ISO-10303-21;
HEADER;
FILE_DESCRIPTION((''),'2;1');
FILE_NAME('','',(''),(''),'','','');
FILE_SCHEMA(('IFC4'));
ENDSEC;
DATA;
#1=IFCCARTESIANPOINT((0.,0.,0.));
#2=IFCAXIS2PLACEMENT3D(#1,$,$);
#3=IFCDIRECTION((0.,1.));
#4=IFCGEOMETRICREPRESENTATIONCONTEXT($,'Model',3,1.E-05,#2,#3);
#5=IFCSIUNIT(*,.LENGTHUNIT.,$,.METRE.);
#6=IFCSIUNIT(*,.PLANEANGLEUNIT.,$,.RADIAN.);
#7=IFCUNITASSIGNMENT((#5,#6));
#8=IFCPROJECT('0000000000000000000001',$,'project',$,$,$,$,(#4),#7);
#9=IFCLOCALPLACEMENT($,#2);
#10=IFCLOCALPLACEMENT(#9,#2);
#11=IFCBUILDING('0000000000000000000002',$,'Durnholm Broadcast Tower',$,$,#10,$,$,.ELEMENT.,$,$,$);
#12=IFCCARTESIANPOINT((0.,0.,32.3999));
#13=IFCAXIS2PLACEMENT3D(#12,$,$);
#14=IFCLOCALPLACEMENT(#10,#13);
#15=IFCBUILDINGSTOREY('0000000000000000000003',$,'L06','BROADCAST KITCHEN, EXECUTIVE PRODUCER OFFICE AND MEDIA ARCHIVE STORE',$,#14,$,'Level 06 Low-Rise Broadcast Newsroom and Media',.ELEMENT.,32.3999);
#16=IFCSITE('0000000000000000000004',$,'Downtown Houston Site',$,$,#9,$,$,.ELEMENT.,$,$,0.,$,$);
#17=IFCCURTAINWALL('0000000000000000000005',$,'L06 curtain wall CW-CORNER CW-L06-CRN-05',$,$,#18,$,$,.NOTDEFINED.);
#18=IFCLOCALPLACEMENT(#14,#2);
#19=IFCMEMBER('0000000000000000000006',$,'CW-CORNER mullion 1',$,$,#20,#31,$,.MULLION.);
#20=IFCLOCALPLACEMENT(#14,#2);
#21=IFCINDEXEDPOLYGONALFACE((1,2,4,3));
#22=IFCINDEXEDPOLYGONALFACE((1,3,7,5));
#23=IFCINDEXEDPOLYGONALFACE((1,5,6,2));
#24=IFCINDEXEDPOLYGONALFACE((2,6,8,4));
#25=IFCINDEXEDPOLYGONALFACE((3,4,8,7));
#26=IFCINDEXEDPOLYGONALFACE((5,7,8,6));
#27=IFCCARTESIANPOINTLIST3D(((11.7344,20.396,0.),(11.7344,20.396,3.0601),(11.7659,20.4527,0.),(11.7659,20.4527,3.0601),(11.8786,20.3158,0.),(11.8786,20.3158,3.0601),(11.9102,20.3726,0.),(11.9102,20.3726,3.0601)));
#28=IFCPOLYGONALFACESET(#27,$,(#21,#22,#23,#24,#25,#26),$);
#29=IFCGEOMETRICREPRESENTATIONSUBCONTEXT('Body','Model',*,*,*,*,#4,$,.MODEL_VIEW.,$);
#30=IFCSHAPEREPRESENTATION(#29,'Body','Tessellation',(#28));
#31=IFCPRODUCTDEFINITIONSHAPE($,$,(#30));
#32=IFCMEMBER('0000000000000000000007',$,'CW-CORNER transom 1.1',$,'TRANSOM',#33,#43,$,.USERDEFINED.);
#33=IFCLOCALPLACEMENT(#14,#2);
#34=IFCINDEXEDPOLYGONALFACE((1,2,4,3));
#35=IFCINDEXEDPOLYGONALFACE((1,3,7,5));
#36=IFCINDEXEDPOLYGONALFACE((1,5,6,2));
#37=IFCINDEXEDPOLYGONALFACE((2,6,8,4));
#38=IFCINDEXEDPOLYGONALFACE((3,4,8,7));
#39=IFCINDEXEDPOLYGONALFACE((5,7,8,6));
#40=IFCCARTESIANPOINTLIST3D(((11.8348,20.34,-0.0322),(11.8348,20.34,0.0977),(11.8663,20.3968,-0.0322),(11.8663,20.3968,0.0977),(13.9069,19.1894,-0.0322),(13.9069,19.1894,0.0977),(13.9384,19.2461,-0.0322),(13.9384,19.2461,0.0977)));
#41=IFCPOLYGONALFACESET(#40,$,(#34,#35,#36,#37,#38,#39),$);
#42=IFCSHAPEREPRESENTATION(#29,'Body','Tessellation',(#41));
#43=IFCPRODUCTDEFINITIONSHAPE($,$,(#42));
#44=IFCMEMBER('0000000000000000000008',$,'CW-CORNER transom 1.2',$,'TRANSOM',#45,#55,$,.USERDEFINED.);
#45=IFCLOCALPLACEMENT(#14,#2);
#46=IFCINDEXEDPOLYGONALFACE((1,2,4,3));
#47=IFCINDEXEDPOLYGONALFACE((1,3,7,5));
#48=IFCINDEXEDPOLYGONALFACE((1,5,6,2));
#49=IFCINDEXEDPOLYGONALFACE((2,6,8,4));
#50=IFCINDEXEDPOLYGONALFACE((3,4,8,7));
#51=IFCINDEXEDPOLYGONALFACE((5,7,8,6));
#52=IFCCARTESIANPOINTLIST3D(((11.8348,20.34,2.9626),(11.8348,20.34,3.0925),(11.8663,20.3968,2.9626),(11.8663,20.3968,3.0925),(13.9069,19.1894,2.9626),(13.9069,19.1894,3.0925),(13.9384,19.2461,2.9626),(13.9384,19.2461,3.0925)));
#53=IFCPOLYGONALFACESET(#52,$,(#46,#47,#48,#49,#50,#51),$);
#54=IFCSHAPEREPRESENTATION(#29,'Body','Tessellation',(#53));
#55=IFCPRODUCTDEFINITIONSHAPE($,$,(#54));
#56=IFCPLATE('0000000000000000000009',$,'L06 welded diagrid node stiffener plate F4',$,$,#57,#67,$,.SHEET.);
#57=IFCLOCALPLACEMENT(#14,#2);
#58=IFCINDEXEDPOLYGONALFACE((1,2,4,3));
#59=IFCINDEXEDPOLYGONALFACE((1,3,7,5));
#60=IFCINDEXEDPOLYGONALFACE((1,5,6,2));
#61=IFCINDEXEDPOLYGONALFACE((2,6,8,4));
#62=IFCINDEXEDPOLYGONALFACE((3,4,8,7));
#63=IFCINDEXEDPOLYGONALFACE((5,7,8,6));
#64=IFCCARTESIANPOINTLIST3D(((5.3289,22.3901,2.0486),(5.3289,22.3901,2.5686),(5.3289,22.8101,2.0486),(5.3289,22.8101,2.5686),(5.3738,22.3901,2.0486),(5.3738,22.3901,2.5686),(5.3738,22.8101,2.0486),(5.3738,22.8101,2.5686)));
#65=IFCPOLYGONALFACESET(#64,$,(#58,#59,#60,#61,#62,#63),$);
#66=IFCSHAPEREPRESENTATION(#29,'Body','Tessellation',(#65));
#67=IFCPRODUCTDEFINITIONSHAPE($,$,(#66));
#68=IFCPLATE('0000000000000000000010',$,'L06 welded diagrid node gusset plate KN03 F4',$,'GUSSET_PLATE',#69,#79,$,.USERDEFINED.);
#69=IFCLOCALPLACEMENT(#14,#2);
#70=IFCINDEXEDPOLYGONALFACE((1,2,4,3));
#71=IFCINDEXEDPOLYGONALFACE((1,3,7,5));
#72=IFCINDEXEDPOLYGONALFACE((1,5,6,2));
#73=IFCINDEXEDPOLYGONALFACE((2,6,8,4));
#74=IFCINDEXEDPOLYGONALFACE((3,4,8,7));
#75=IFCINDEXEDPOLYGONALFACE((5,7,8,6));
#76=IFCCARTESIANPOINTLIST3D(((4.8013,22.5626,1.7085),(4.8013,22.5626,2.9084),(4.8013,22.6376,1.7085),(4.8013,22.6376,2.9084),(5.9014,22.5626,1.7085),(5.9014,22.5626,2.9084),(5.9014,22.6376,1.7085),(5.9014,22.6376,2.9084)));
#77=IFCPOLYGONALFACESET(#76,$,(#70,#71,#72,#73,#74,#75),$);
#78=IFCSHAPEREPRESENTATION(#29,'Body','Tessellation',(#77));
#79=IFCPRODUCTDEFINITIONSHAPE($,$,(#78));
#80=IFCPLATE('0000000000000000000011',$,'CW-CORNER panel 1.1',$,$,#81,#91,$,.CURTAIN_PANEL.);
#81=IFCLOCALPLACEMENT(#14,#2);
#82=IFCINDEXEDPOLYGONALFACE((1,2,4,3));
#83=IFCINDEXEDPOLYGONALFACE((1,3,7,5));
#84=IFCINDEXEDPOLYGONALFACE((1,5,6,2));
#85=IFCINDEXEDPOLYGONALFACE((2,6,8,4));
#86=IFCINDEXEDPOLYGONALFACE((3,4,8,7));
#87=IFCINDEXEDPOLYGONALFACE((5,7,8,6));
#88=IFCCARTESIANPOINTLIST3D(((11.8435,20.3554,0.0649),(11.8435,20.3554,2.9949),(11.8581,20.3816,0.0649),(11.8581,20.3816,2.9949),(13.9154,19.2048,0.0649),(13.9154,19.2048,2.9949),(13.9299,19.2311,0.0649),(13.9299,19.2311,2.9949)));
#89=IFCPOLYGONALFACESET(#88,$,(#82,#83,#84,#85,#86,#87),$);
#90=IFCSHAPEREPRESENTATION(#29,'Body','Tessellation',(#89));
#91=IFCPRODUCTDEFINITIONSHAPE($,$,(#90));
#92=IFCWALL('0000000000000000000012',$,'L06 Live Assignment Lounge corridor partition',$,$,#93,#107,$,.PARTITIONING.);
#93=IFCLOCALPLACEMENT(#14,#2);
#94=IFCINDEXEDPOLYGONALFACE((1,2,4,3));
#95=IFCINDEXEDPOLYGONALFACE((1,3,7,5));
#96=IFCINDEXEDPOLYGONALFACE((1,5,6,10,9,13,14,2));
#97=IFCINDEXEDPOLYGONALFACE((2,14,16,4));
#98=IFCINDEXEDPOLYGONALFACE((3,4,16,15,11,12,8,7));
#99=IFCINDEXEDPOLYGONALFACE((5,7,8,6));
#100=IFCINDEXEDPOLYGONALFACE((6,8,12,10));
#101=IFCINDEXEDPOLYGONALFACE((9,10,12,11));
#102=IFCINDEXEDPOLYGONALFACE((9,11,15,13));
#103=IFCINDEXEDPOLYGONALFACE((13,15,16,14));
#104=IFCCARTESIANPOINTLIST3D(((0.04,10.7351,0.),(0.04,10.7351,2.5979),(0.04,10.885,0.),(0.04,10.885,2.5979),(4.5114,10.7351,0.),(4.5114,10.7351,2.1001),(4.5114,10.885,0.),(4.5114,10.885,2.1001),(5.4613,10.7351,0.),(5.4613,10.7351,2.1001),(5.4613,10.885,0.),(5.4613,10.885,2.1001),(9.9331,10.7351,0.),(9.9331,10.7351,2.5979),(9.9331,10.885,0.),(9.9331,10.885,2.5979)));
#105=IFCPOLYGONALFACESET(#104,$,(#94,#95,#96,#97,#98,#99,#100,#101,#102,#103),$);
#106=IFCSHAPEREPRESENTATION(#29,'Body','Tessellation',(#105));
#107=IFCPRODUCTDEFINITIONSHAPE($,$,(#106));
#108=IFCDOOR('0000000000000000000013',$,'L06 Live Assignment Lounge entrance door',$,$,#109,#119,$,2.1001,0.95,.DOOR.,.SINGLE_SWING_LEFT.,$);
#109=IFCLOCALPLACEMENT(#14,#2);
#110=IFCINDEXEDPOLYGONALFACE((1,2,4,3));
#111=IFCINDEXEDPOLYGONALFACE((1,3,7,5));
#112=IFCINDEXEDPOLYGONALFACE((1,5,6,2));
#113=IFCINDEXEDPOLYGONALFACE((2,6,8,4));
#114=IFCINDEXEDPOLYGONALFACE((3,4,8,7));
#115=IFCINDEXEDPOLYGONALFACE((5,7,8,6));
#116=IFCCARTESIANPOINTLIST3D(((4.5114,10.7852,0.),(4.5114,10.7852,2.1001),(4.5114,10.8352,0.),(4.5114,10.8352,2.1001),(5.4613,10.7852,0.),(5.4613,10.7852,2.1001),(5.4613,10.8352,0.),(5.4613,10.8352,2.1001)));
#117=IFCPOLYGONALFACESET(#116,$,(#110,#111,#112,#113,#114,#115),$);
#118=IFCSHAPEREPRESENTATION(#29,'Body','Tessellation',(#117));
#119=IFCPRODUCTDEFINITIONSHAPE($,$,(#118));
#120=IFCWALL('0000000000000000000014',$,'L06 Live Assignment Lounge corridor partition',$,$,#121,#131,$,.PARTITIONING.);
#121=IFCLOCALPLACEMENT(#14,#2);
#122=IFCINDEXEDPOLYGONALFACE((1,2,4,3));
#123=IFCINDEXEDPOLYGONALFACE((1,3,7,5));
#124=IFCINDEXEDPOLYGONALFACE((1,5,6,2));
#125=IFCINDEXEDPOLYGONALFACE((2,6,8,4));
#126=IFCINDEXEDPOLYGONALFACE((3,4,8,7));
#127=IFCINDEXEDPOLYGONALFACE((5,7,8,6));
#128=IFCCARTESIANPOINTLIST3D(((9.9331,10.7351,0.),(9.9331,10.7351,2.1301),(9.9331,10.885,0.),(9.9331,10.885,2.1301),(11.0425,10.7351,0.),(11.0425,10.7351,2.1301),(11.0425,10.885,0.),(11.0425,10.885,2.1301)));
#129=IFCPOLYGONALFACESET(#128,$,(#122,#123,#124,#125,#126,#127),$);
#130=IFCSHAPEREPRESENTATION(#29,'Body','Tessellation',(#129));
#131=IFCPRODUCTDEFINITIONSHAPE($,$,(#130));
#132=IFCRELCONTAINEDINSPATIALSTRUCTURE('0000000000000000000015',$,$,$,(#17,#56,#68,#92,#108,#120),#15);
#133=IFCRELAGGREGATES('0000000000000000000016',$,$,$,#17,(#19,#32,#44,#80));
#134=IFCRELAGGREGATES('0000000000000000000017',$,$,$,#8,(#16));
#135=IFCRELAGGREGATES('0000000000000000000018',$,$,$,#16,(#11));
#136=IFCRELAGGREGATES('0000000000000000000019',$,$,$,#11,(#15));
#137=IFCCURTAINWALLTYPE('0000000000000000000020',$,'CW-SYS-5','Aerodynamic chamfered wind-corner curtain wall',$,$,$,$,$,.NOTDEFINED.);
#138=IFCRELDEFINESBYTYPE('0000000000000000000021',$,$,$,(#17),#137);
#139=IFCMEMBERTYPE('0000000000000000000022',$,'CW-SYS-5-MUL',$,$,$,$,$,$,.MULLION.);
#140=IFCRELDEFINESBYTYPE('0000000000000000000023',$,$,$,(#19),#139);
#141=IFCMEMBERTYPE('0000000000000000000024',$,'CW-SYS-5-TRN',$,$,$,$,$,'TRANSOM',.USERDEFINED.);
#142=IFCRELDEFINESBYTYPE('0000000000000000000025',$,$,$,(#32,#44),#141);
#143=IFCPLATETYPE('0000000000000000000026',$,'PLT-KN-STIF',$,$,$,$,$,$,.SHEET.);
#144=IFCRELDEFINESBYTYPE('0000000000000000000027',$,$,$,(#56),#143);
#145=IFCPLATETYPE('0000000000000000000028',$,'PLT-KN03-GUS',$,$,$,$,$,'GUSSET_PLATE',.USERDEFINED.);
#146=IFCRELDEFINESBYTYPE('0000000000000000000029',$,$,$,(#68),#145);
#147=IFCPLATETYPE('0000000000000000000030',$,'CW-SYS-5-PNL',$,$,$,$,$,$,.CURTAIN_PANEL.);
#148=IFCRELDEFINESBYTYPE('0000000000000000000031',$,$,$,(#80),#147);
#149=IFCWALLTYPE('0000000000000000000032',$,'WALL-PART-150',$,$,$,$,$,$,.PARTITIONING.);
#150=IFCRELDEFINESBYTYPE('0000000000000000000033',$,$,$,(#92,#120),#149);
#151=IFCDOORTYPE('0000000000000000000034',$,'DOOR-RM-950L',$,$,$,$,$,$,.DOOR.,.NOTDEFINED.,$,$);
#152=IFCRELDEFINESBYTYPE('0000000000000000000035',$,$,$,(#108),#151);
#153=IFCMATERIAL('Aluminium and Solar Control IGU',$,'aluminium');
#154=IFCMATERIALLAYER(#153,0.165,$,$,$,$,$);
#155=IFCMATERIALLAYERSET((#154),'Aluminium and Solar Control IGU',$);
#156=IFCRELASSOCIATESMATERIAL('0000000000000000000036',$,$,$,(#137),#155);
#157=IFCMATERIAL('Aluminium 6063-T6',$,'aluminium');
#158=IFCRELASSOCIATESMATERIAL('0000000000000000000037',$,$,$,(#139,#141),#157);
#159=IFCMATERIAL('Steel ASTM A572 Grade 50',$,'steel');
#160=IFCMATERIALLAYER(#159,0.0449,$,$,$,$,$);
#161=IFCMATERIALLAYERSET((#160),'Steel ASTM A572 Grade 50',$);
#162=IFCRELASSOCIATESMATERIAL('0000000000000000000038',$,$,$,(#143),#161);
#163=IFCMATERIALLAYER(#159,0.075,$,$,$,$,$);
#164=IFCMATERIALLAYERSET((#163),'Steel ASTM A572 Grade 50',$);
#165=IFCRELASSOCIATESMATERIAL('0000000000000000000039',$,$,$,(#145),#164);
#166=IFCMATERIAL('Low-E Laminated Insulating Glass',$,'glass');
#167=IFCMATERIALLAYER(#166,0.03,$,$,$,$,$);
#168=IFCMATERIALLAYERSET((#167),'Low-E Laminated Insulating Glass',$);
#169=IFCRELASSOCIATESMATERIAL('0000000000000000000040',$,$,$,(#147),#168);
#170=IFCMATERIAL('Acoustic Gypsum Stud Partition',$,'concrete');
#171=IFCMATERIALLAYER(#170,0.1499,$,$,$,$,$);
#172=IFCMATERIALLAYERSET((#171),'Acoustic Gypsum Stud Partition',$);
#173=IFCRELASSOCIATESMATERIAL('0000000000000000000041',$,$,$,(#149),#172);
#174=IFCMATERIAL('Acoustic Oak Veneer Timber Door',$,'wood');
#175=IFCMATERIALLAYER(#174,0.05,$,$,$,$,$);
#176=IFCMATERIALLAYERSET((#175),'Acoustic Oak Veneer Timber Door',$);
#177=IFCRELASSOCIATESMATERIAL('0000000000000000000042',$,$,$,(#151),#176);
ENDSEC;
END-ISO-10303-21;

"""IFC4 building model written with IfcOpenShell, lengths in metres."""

from ifc_helpers import new_model, si_unit, direction, frame, frame_2d, origin, origin_2d, place, context, subcontext, project, spatial, rectangle, extrude, source, transform, mapped, material, layer, layer_set, material_profile, profile_set, type_object, type_shapes, element, fill, aggregate, save


model = new_model("IFC4")

# Units and contexts
model_context = context("Model", 3, precision=1e-05, world=origin(), true_north=direction((0.0, 1.0)))
body_context = subcontext(model_context, "Body", "Model", "MODEL_VIEW")
ifc_project = project(units=[si_unit("LENGTHUNIT", "METRE"), si_unit("PLANEANGLEUNIT", "RADIAN")], contexts=[model_context])

# Site, building, storey
site_placement = place(None, origin())
site = spatial("IfcSite", under=ifc_project, at=site_placement, Name="Downtown Houston Site", CompositionType="ELEMENT", RefElevation=0.0)
building_placement = place(site_placement, origin())
building = spatial("IfcBuilding", under=site, at=building_placement, Name="Durnholm Broadcast Tower", CompositionType="ELEMENT")
storey_placement = place(building_placement, frame((0.0, 0.0, 32.3999)))
storey = spatial("IfcBuildingStorey", under=building, at=storey_placement, Name="L06", Description="BROADCAST KITCHEN, EXECUTIVE PRODUCER OFFICE AND MEDIA ARCHIVE STORE", LongName="Level 06 Low-Rise Broadcast Newsroom and Media", CompositionType="ELEMENT", Elevation=32.3999)

# Curtain wall, members
ifc_material_1 = material(Name="Aluminium and Solar Control IGU", Category="aluminium")
ifc_layer_1 = layer(ifc_material_1, 0.165)
ifc_layer_set_1 = layer_set([ifc_layer_1], Name="Aluminium and Solar Control IGU")
curtain_wall_type = type_object("IfcCurtainWallType", Name="CW-SYS-5", Description="Aerodynamic chamfered wind-corner curtain wall", PredefinedType="NOTDEFINED", material=ifc_layer_set_1)
curtain_wall_placement = place(storey_placement, origin())
curtain_wall = element("IfcCurtainWall", 1, at=curtain_wall_placement, inside=storey, type_object=curtain_wall_type, Name="L06 curtain wall CW-CORNER CW-L06-CRN-05", PredefinedType="NOTDEFINED")
ifc_material_2 = material(Name="Aluminium 6063-T6", Category="aluminium")
ifc_material_profile_1 = material_profile(ifc_material_2, rectangle(XDim=0.0649, YDim=0.165, at=origin_2d()), Name="CWM65X165")
ifc_profile_set_1 = profile_set([ifc_material_profile_1], Name="Aluminium 6063-T6")
member_type_1 = type_object("IfcMemberType", Name="CW-SYS-5-MUL", PredefinedType="MULLION", material=ifc_profile_set_1)
shared_shape_1 = source(origin(), body_context, "Body", "SweptSolid", [
    extrude(rectangle(XDim=0.0649, YDim=0.165, at=origin_2d()), origin(), (0.0, 0.0, 1.0), 3.0601),
])
type_shapes(member_type_1, [shared_shape_1])
member_1_placement = place(storey_placement, frame((11.8223, 20.3843, 0.0), z_axis=(0.0, 0.0, 1.0), x_axis=(0.485483, 0.874246, 0.0)))
member_1 = element("IfcMember", 2, at=member_1_placement, type_object=member_type_1, Name="CW-CORNER mullion 1", PredefinedType="MULLION", context=body_context, shape_type="MappedRepresentation", body=[
    mapped(shared_shape_1, transform((0.0, 0.0, 0.0), x_axis=(1.0, 0.0, 0.0), y_axis=(0.0, 1.0, 0.0), z_axis=(0.0, 0.0, 1.0), scale=1.0)),
])
ifc_material_profile_2 = material_profile(ifc_material_2, rectangle(XDim=0.0649, YDim=0.1299, at=origin_2d()), Name="CWT65X130")
ifc_profile_set_2 = profile_set([ifc_material_profile_2], Name="Aluminium 6063-T6")
member_type_2 = type_object("IfcMemberType", Name="CW-SYS-5-TRN", ElementType="TRANSOM", PredefinedType="USERDEFINED", material=ifc_profile_set_2)
shared_shape_2 = source(origin(), body_context, "Body", "SweptSolid", [
    extrude(rectangle(XDim=0.0649, YDim=0.1299, at=origin_2d()), origin(), (0.0, 0.0, 1.0), 2.3701),
])
type_shapes(member_type_2, [shared_shape_2])
member_2_placement = place(storey_placement, frame((11.8506, 20.3684, 0.0327), z_axis=(0.874245, -0.485485, 0.0), x_axis=(0.485485, 0.874245, 0.0)))
member_2 = element("IfcMember", 3, at=member_2_placement, type_object=member_type_2, Name="CW-CORNER transom 1.1", ObjectType="TRANSOM", PredefinedType="USERDEFINED", context=body_context, shape_type="MappedRepresentation", body=[
    mapped(shared_shape_2, transform((0.0, 0.0, 0.0), x_axis=(1.0, 0.0, 0.0), y_axis=(0.0, 1.0, 0.0), z_axis=(0.0, 0.0, 1.0), scale=1.0)),
])
member_3_placement = place(storey_placement, frame((11.8506, 20.3684, 3.0276), z_axis=(0.874245, -0.485485, 0.0), x_axis=(0.485485, 0.874245, 0.0)))
member_3 = element("IfcMember", 4, at=member_3_placement, type_object=member_type_2, Name="CW-CORNER transom 1.2", ObjectType="TRANSOM", PredefinedType="USERDEFINED", context=body_context, shape_type="MappedRepresentation", body=[
    mapped(shared_shape_2, transform((0.0, 0.0, 0.0), x_axis=(1.0, 0.0, 0.0), y_axis=(0.0, 1.0, 0.0), z_axis=(0.0, 0.0, 1.0), scale=1.0)),
])

# Plates
ifc_material_3 = material(Name="Steel ASTM A572 Grade 50", Category="steel")
ifc_layer_2 = layer(ifc_material_3, 0.0449)
ifc_layer_set_2 = layer_set([ifc_layer_2], Name="Steel ASTM A572 Grade 50")
plate_type_1 = type_object("IfcPlateType", Name="PLT-KN-STIF", PredefinedType="SHEET", material=ifc_layer_set_2)
shared_shape_3 = source(origin(), body_context, "Body", "SweptSolid", [
    extrude(rectangle(XDim=0.0449, YDim=0.4199, at=origin_2d()), origin(), (0.0, 0.0, 1.0), 0.52),
])
type_shapes(plate_type_1, [shared_shape_3])
plate_1_placement = place(storey_placement, frame((5.3513, 22.6001, 2.0486), z_axis=(0.0, 0.0, 1.0), x_axis=(-1.0, 0.0, 0.0)))
element("IfcPlate", 5, at=plate_1_placement, inside=storey, type_object=plate_type_1, Name="L06 welded diagrid node stiffener plate F4", PredefinedType="SHEET", context=body_context, shape_type="MappedRepresentation", body=[
    mapped(shared_shape_3, transform((0.0, 0.0, 0.0), x_axis=(1.0, 0.0, 0.0), y_axis=(0.0, 1.0, 0.0), z_axis=(0.0, 0.0, 1.0), scale=1.0)),
])
ifc_layer_3 = layer(ifc_material_3, 0.075)
ifc_layer_set_3 = layer_set([ifc_layer_3], Name="Steel ASTM A572 Grade 50")
plate_type_2 = type_object("IfcPlateType", Name="PLT-KN03-GUS", ElementType="GUSSET_PLATE", PredefinedType="USERDEFINED", material=ifc_layer_set_3)
shared_shape_4 = source(origin(), body_context, "Body", "SweptSolid", [
    extrude(rectangle(XDim=1.1001, YDim=0.075, at=origin_2d()), origin(), (0.0, 0.0, 1.0), 1.2),
])
type_shapes(plate_type_2, [shared_shape_4])
plate_2_placement = place(storey_placement, frame((5.3513, 22.6001, 1.7085), z_axis=(0.0, 0.0, 1.0), x_axis=(-1.0, 0.0, 0.0)))
element("IfcPlate", 6, at=plate_2_placement, inside=storey, type_object=plate_type_2, Name="L06 welded diagrid node gusset plate KN03 F4", ObjectType="GUSSET_PLATE", PredefinedType="USERDEFINED", context=body_context, shape_type="MappedRepresentation", body=[
    mapped(shared_shape_4, transform((0.0, 0.0, 0.0), x_axis=(1.0, 0.0, 0.0), y_axis=(0.0, 1.0, 0.0), z_axis=(0.0, 0.0, 1.0), scale=1.0)),
])

# Plate
ifc_material_4 = material(Name="Low-E Laminated Insulating Glass", Category="glass")
ifc_layer_4 = layer(ifc_material_4, 0.03)
ifc_layer_set_4 = layer_set([ifc_layer_4], Name="Low-E Laminated Insulating Glass")
plate_type_3 = type_object("IfcPlateType", Name="CW-SYS-5-PNL", PredefinedType="CURTAIN_PANEL", material=ifc_layer_set_4)
shared_shape_5 = source(origin(), body_context, "Body", "SweptSolid", [
    extrude(rectangle(XDim=2.3699, YDim=0.03, at=origin_2d()), origin(), (0.0, 0.0, 1.0), 2.9299),
])
type_shapes(plate_type_3, [shared_shape_5])
plate_3_placement = place(storey_placement, frame((12.8867, 19.7932, 0.0649), z_axis=(0.0, 0.0, 1.0), x_axis=(0.874246, -0.485483, 0.0)))
plate_3 = element("IfcPlate", 7, at=plate_3_placement, type_object=plate_type_3, Name="CW-CORNER panel 1.1", PredefinedType="CURTAIN_PANEL", context=body_context, shape_type="MappedRepresentation", body=[
    mapped(shared_shape_5, transform((0.0, 0.0, 0.0), x_axis=(1.0, 0.0, 0.0), y_axis=(0.0, 1.0, 0.0), z_axis=(0.0, 0.0, 1.0), scale=1.0)),
])
aggregate(curtain_wall, [member_1, member_2, member_3, plate_3])

# Wall, opening, door
ifc_material_5 = material(Name="Acoustic Gypsum Stud Partition", Category="concrete")
ifc_layer_5 = layer(ifc_material_5, 0.1499)
ifc_layer_set_5 = layer_set([ifc_layer_5], Name="Acoustic Gypsum Stud Partition")
wall_type = type_object("IfcWallType", Name="WALL-PART-150", PredefinedType="PARTITIONING", material=ifc_layer_set_5)
wall_1_placement = place(storey_placement, frame((9.9331, 10.8101, 0.0), z_axis=(0.0, 0.0, 1.0), x_axis=(-1.0, 0.0, 0.0)))
wall_1 = element("IfcWall", 8, at=wall_1_placement, inside=storey, type_object=wall_type, Name="L06 Live Assignment Lounge corridor partition", PredefinedType="PARTITIONING", context=body_context, shape_type="SweptSolid", body=[
    extrude(rectangle(XDim=9.8931, YDim=0.1499, at=frame_2d((4.9465, 0.0))), origin(), (0.0, 0.0, 1.0), 2.5979),
])
opening_placement = place(wall_1_placement, frame((4.4717, 0.0, 0.0)))
opening = element("IfcOpeningElement", 9, at=opening_placement, cuts=wall_1, PredefinedType="OPENING", context=body_context, shape_type="SweptSolid", body=[
    extrude(rectangle(XDim=0.95, YDim=2.1001, at=frame_2d((0.4751, 1.05))), frame((0.0, 0.085, 0.0), z_axis=(0.0, -1.0, 0.0), x_axis=(1.0, 0.0, 0.0)), (0.0, 0.0, 1.0), 0.1699),
])
ifc_material_6 = material(Name="Acoustic Oak Veneer Timber Door", Category="wood")
ifc_layer_6 = layer(ifc_material_6, 0.05)
ifc_layer_set_6 = layer_set([ifc_layer_6], Name="Acoustic Oak Veneer Timber Door")
door_type = type_object("IfcDoorType", Name="DOOR-RM-950L", OperationType="NOTDEFINED", PredefinedType="DOOR", material=ifc_layer_set_6)
shared_shape_6 = source(origin(), body_context, "Body", "SweptSolid", [
    extrude(rectangle(XDim=0.95, YDim=2.1001, at=frame_2d((0.4751, 1.05))), frame((0.0, 0.0249, 0.0), z_axis=(0.0, -1.0, 0.0), x_axis=(1.0, 0.0, 0.0)), (0.0, 0.0, 1.0), 0.05),
])
type_shapes(door_type, [shared_shape_6])
door_placement = place(opening_placement, origin())
door = element("IfcDoor", 10, at=door_placement, inside=storey, type_object=door_type, Name="L06 Live Assignment Lounge entrance door", OperationType="SINGLE_SWING_LEFT", OverallHeight=2.1001, OverallWidth=0.95, PredefinedType="DOOR", context=body_context, shape_type="MappedRepresentation", body=[
    mapped(shared_shape_6, transform((0.0, 0.0, 0.0), x_axis=(1.0, 0.0, 0.0), y_axis=(0.0, 1.0, 0.0), z_axis=(0.0, 0.0, 1.0), scale=1.0)),
])
fill(opening, door)

# Wall
wall_2_placement = place(storey_placement, frame((11.0425, 10.8101, 0.0), z_axis=(0.0, 0.0, 1.0), x_axis=(-1.0, 0.0, 0.0)))
element("IfcWall", 11, at=wall_2_placement, inside=storey, type_object=wall_type, Name="L06 Live Assignment Lounge corridor partition", PredefinedType="PARTITIONING", context=body_context, shape_type="SweptSolid", body=[
    extrude(rectangle(XDim=1.1094, YDim=0.1499, at=frame_2d((0.5547, 0.0))), origin(), (0.0, 0.0, 1.0), 2.1301),
])

save(model, "model.ifc")
